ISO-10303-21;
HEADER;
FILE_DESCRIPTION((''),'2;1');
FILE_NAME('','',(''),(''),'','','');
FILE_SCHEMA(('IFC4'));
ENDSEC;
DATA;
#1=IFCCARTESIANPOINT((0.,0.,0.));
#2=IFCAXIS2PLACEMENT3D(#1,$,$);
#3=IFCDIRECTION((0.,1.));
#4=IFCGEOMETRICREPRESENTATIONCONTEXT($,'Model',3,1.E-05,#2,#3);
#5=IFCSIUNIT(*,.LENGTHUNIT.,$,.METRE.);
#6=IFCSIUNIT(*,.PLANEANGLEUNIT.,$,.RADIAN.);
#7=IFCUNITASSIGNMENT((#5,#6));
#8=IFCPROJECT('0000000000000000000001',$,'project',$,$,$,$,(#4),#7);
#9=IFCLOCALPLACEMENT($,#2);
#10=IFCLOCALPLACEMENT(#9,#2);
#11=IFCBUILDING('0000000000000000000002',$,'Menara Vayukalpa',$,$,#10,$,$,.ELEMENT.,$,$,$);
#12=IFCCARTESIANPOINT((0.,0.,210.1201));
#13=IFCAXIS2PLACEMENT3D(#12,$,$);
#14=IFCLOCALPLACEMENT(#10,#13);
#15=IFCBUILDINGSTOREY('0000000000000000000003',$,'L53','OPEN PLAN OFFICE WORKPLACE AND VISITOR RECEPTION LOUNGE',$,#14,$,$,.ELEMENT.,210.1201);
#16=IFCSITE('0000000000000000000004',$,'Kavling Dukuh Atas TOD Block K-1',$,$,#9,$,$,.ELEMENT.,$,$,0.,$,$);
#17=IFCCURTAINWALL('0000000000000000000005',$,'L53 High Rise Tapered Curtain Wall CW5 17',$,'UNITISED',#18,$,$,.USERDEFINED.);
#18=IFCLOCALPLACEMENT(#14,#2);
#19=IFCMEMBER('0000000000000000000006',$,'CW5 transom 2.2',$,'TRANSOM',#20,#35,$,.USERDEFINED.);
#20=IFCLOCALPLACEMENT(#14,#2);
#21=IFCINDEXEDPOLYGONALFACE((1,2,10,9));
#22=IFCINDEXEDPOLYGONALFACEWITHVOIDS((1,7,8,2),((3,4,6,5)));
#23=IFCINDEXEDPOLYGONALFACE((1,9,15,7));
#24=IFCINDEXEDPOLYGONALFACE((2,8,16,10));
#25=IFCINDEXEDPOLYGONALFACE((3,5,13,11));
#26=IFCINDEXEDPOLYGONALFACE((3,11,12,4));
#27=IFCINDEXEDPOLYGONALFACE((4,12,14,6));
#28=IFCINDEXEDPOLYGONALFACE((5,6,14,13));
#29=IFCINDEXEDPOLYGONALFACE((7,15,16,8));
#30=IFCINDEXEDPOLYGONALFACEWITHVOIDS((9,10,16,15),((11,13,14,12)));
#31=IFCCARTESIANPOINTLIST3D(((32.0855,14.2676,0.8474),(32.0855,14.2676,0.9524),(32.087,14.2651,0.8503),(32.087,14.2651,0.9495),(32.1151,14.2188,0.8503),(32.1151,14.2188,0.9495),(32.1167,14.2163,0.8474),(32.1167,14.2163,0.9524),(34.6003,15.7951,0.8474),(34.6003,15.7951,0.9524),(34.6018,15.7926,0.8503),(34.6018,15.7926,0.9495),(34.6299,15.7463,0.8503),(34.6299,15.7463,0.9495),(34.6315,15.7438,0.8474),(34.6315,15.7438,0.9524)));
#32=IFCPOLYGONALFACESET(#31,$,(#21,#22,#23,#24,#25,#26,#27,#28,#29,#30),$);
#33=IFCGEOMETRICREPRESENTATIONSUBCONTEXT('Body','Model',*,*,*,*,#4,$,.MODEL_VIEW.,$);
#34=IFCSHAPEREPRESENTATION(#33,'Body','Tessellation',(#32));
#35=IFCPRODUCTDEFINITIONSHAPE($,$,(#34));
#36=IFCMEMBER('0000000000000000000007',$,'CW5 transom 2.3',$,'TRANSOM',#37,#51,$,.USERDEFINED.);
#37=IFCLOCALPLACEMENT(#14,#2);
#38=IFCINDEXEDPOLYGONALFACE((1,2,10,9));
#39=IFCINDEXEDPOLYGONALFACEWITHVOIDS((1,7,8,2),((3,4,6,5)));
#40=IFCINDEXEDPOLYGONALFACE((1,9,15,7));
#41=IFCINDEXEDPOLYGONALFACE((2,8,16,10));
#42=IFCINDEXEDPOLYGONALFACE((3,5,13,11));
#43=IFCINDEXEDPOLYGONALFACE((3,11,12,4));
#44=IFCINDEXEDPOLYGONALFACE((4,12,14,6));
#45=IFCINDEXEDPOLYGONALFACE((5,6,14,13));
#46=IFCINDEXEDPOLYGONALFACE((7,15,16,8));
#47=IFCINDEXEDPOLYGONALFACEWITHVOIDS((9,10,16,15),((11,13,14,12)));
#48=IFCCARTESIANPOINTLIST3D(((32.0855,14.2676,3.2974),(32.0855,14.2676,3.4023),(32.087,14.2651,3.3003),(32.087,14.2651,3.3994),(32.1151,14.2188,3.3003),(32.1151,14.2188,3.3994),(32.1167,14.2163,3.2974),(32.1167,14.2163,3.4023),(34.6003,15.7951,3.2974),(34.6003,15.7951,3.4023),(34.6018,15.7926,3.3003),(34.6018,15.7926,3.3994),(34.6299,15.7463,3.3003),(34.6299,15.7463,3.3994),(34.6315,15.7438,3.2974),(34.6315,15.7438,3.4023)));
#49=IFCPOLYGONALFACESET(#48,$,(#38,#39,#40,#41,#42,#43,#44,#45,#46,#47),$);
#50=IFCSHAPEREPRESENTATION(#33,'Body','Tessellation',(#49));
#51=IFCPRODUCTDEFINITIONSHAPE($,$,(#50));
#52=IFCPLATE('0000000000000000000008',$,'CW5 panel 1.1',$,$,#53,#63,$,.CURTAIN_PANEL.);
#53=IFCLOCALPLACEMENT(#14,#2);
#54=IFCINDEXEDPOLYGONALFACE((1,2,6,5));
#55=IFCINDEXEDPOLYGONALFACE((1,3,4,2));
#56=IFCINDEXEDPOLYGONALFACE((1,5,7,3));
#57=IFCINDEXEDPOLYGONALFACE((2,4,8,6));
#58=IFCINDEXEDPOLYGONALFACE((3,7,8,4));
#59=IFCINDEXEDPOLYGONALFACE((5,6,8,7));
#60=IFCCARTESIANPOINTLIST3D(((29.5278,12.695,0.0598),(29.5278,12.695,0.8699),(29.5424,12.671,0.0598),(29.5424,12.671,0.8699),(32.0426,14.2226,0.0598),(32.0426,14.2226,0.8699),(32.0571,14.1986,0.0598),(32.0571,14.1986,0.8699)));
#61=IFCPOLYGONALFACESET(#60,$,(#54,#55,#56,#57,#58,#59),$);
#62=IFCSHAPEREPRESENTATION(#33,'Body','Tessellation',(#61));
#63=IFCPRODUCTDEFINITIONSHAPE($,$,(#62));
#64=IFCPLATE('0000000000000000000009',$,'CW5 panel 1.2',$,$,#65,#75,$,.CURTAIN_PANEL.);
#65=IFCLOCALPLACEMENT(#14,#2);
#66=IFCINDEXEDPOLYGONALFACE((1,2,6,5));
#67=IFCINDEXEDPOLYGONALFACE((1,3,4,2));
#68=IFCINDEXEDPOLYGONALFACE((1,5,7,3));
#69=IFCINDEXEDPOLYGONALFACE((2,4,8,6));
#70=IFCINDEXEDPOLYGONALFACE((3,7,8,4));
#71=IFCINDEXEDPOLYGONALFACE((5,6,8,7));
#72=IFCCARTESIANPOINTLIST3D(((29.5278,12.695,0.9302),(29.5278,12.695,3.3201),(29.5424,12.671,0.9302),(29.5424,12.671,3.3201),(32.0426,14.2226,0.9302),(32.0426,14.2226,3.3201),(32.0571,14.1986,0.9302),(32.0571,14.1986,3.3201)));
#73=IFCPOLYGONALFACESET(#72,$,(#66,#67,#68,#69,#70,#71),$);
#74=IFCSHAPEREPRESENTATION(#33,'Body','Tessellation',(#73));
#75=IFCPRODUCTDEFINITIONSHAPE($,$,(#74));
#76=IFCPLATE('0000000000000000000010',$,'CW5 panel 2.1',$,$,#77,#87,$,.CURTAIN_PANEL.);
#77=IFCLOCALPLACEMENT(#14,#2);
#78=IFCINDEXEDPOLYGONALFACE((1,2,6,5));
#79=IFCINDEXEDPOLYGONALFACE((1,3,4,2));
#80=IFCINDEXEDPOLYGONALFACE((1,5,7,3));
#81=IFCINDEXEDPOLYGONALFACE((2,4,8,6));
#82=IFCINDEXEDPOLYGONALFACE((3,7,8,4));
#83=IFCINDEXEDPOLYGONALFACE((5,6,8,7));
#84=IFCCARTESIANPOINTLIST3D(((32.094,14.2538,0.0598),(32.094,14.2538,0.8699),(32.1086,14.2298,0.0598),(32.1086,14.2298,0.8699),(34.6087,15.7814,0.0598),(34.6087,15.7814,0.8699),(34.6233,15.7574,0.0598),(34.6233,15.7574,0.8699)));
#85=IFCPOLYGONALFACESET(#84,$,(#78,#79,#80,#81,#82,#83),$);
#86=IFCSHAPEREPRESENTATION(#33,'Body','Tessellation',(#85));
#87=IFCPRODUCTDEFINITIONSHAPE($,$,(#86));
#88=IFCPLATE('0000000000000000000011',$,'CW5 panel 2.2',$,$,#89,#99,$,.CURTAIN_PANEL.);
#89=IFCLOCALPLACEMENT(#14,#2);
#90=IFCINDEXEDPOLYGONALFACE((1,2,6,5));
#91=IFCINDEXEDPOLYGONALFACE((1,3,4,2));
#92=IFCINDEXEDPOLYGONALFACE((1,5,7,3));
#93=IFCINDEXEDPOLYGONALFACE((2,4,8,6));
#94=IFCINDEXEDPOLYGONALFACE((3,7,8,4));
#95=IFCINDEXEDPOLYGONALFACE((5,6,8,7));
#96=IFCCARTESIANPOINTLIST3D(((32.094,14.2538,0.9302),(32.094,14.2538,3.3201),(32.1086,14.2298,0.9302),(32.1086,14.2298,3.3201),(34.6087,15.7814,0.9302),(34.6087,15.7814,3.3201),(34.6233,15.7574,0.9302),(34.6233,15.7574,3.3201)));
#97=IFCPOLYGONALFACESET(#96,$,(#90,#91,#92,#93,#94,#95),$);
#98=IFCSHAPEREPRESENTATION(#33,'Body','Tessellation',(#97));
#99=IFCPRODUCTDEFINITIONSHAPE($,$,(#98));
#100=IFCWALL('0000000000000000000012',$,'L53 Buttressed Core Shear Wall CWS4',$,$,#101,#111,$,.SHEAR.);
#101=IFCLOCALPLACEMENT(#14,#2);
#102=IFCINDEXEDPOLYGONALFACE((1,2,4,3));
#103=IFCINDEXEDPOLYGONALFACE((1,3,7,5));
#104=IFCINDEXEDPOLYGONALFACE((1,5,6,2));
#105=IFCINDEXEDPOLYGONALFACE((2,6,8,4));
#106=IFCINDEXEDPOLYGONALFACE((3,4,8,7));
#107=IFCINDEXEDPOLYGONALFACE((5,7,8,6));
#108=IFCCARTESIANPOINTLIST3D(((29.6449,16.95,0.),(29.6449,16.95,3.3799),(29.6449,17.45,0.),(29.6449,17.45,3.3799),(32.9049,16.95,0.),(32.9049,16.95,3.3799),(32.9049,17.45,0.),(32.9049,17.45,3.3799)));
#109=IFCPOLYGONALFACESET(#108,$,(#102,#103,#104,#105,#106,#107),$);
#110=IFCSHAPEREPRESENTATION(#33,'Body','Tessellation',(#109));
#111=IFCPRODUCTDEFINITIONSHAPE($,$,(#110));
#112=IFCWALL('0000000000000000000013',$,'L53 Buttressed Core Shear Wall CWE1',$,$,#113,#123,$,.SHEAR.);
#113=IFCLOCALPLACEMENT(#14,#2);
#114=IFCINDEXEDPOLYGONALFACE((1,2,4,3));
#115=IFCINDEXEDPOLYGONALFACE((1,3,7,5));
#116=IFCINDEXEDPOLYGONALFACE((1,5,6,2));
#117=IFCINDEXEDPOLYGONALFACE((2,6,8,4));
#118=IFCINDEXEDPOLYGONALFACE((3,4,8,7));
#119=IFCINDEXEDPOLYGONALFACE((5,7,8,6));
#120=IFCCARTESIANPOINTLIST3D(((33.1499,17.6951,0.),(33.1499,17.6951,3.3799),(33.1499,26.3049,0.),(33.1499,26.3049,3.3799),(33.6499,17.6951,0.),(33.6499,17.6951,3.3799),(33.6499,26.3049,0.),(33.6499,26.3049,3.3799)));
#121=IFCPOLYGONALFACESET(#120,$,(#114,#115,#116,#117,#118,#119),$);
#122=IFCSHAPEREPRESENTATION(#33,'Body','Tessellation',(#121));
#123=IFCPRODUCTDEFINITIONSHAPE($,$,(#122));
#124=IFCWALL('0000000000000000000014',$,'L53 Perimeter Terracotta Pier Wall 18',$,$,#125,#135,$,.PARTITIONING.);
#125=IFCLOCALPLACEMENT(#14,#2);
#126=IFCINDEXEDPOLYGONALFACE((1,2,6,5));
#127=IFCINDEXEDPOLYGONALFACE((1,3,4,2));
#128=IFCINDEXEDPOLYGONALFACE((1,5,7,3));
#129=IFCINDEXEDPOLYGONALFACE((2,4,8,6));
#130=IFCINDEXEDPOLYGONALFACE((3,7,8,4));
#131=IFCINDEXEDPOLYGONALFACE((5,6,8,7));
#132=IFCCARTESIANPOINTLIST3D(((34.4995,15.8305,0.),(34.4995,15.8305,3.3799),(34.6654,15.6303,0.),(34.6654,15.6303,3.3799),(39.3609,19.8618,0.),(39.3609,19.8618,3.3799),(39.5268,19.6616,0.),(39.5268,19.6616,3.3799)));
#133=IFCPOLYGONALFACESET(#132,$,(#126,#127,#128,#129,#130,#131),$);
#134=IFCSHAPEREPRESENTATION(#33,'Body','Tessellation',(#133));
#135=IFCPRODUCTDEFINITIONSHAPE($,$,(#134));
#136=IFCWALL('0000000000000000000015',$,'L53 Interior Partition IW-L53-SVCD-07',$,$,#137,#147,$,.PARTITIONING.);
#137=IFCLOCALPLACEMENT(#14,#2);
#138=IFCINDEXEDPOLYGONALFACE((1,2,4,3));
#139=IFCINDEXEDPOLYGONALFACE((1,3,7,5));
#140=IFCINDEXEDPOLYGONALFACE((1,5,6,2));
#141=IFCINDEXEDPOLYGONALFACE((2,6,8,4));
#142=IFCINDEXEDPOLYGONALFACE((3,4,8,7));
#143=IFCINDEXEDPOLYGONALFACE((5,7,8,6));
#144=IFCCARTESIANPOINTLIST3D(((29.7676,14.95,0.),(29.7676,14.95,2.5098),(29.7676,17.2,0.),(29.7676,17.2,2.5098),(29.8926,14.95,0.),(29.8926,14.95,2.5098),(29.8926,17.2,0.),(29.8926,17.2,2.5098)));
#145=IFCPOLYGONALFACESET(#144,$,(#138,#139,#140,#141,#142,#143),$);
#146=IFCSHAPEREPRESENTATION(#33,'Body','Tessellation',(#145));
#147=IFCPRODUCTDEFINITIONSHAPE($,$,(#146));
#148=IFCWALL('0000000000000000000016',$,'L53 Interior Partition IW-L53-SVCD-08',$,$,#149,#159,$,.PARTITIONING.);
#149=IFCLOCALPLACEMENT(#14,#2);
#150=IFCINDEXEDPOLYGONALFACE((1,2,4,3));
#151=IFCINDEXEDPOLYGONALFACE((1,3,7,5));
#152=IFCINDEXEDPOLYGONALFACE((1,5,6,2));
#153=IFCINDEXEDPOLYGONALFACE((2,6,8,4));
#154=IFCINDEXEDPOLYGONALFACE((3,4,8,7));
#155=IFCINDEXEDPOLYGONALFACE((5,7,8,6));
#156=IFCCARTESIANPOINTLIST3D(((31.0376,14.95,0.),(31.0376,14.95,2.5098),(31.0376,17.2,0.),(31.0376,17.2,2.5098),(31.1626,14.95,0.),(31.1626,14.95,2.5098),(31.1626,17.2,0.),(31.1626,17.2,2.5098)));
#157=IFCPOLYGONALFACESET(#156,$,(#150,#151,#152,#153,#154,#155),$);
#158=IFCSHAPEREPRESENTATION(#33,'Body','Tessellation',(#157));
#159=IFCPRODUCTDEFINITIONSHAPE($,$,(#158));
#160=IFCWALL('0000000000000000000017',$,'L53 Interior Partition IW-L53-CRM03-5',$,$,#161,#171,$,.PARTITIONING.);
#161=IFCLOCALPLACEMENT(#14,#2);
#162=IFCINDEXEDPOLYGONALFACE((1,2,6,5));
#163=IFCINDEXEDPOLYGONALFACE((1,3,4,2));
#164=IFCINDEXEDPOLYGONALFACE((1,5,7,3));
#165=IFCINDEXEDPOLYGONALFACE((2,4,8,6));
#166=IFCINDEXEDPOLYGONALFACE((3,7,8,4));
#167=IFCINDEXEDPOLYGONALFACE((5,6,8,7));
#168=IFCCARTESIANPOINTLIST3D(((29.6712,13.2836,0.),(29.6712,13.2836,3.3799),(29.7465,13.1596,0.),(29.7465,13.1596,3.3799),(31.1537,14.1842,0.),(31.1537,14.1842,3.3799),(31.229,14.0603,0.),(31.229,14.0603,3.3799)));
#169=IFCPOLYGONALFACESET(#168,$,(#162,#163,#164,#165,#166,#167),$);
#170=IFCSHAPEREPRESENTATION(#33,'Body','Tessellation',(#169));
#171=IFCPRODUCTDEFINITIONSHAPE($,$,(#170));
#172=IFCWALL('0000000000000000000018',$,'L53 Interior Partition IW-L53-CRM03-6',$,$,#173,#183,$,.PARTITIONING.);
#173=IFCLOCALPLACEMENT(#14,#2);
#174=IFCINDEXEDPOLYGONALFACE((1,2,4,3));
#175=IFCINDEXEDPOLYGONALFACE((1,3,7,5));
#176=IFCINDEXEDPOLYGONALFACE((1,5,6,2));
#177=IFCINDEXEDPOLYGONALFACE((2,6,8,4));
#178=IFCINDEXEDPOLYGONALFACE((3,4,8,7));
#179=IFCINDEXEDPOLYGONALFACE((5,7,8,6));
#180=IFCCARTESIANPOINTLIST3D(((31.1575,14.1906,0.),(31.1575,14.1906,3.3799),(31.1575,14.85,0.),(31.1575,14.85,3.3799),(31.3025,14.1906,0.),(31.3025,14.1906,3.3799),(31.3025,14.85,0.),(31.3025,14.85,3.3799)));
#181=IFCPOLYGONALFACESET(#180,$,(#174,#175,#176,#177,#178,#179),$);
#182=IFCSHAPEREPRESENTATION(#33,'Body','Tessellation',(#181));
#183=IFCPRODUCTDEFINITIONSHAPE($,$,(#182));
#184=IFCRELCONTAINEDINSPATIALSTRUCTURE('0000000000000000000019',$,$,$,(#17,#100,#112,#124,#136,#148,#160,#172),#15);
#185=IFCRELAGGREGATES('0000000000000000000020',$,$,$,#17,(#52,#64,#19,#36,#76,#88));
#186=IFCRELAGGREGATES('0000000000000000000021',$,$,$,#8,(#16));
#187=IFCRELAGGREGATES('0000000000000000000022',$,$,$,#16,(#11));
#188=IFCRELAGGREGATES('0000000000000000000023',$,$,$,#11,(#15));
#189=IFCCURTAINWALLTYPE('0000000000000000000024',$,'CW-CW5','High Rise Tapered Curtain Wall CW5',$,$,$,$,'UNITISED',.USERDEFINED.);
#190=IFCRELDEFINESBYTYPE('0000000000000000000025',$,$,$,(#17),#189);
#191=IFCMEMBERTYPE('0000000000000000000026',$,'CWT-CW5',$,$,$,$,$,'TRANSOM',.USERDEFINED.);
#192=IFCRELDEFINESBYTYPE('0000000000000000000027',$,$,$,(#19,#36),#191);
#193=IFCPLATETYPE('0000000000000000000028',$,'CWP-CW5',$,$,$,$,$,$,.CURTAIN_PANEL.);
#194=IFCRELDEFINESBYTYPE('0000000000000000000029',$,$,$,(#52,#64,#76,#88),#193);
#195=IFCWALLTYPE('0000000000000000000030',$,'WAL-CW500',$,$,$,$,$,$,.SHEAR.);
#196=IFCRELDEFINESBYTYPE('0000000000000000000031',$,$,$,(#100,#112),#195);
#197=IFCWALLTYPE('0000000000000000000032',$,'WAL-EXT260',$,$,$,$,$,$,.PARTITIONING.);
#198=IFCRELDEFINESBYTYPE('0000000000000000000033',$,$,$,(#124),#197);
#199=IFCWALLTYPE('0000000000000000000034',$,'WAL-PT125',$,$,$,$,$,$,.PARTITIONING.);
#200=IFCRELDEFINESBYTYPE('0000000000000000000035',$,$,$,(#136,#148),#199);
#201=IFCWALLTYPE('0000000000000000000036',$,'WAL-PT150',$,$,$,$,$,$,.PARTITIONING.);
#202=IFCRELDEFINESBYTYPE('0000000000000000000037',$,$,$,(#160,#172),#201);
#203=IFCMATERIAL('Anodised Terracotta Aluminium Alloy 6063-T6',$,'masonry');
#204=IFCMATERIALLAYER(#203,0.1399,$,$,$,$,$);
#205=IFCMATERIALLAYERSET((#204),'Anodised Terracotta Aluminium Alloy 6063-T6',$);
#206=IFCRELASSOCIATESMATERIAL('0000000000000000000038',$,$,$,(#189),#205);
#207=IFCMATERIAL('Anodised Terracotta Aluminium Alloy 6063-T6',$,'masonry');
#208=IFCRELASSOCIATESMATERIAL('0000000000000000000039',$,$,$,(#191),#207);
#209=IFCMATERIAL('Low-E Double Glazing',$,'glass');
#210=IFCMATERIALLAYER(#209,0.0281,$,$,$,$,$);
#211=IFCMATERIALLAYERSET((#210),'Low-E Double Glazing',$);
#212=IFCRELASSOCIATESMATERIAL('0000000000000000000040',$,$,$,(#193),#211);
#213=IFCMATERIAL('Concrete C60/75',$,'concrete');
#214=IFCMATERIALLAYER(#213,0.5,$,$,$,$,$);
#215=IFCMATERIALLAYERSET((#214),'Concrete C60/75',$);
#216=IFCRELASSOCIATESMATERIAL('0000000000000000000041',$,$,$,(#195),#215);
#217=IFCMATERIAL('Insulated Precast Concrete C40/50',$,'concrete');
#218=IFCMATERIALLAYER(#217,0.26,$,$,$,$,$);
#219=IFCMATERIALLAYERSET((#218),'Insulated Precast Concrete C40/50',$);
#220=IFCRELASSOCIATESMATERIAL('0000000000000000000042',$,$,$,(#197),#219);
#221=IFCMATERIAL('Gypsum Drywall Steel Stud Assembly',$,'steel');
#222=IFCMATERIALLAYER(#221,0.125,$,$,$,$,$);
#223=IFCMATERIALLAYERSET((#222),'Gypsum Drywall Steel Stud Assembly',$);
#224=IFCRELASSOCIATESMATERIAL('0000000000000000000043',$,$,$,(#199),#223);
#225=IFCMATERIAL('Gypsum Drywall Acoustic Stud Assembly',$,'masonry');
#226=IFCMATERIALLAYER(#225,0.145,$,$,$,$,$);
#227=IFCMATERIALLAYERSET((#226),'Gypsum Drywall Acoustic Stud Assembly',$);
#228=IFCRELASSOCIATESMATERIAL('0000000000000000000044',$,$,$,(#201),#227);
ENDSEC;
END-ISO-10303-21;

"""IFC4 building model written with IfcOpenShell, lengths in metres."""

from ifc_helpers import new_model, si_unit, direction, frame, frame_2d, origin, origin_2d, place, context, subcontext, project, spatial, rectangle, hollow_rectangle, extrude, material, layer, layer_set, material_profile, profile_set, type_object, element, aggregate, save


model = new_model("IFC4")

# Units and contexts
model_context = context("Model", 3, precision=1e-05, world=origin(), true_north=direction((0.0, 1.0)))
body_context = subcontext(model_context, "Body", "Model", "MODEL_VIEW")
ifc_project = project(units=[si_unit("LENGTHUNIT", "METRE"), si_unit("PLANEANGLEUNIT", "RADIAN")], contexts=[model_context])

# Site, building, storey
site_placement = place(None, origin())
site = spatial("IfcSite", under=ifc_project, at=site_placement, Name="Kavling Dukuh Atas TOD Block K-1", CompositionType="ELEMENT", RefElevation=0.0)
building_placement = place(site_placement, origin())
building = spatial("IfcBuilding", under=site, at=building_placement, Name="Menara Vayukalpa", CompositionType="ELEMENT")
storey_placement = place(building_placement, frame((0.0, 0.0, 210.1201)))
storey = spatial("IfcBuildingStorey", under=building, at=storey_placement, Name="L53", Description="OPEN PLAN OFFICE WORKPLACE AND VISITOR RECEPTION LOUNGE", CompositionType="ELEMENT", Elevation=210.1201)

# Curtain wall, members, plates
ifc_material_1 = material(Name="Anodised Terracotta Aluminium Alloy 6063-T6", Category="masonry")
ifc_layer_1 = layer(ifc_material_1, 0.1399)
ifc_layer_set_1 = layer_set([ifc_layer_1], Name="Anodised Terracotta Aluminium Alloy 6063-T6")
curtain_wall_type = type_object("IfcCurtainWallType", Name="CW-CW5", Description="High Rise Tapered Curtain Wall CW5", ElementType="UNITISED", PredefinedType="USERDEFINED", material=ifc_layer_set_1)
curtain_wall_placement = place(storey_placement, origin())
curtain_wall = element("IfcCurtainWall", 1, at=curtain_wall_placement, inside=storey, type_object=curtain_wall_type, Name="L53 High Rise Tapered Curtain Wall CW5 17", ObjectType="UNITISED", PredefinedType="USERDEFINED")
ifc_material_2 = material(Name="Anodised Terracotta Aluminium Alloy 6063-T6", Category="masonry")
ifc_material_profile_1 = material_profile(ifc_material_2, hollow_rectangle(XDim=0.0601, YDim=0.105, WallThickness=0.0029, at=origin_2d()), Name="ALU 60x105x3")
ifc_profile_set_1 = profile_set([ifc_material_profile_1], Name="Anodised Terracotta Aluminium Alloy 6063-T6")
member_type_1 = type_object("IfcMemberType", Name="CWT-CW5", ElementType="TRANSOM", PredefinedType="USERDEFINED", material=ifc_profile_set_1)
member_1_placement = place(storey_placement, frame((32.1011, 14.2419, 0.8999), z_axis=(0.854684, 0.519149, 0.0), x_axis=(-0.519149, 0.854684, 0.0)))
member_1 = element("IfcMember", 2, at=member_1_placement, type_object=member_type_1, Name="CW5 transom 2.2", ObjectType="TRANSOM", PredefinedType="USERDEFINED", context=body_context, shape_type="SweptSolid", body=[
    extrude(hollow_rectangle(XDim=0.0601, YDim=0.105, WallThickness=0.0029, at=origin_2d()), origin(), (0.0, 0.0, 1.0), 2.9424),
])
member_2_placement = place(storey_placement, frame((32.1011, 14.2419, 3.3499), z_axis=(0.854684, 0.519149, 0.0), x_axis=(-0.519149, 0.854684, 0.0)))
member_2 = element("IfcMember", 3, at=member_2_placement, type_object=member_type_1, Name="CW5 transom 2.3", ObjectType="TRANSOM", PredefinedType="USERDEFINED", context=body_context, shape_type="SweptSolid", body=[
    extrude(hollow_rectangle(XDim=0.0601, YDim=0.105, WallThickness=0.0029, at=origin_2d()), origin(), (0.0, 0.0, 1.0), 2.9424),
])
ifc_material_3 = material(Name="Low-E Double Glazing", Category="glass")
ifc_layer_2 = layer(ifc_material_3, 0.0281)
ifc_layer_set_2 = layer_set([ifc_layer_2], Name="Low-E Double Glazing")
plate_type = type_object("IfcPlateType", Name="CWP-CW5", PredefinedType="CURTAIN_PANEL", material=ifc_layer_set_2)
plate_1_placement = place(storey_placement, frame((30.7925, 13.4468, 0.0598), z_axis=(0.0, 0.0, 1.0), x_axis=(0.854665, 0.51918, 0.0)))
plate_1 = element("IfcPlate", 4, at=plate_1_placement, type_object=plate_type, Name="CW5 panel 1.1", PredefinedType="CURTAIN_PANEL", context=body_context, shape_type="SweptSolid", body=[
    extrude(rectangle(XDim=2.9424, YDim=0.0281, at=origin_2d()), origin(), (0.0, 0.0, 1.0), 0.8101),
])
plate_2_placement = place(storey_placement, frame((30.7925, 13.4468, 0.9302), z_axis=(0.0, 0.0, 1.0), x_axis=(0.854665, 0.51918, 0.0)))
plate_2 = element("IfcPlate", 5, at=plate_2_placement, type_object=plate_type, Name="CW5 panel 1.2", PredefinedType="CURTAIN_PANEL", context=body_context, shape_type="SweptSolid", body=[
    extrude(rectangle(XDim=2.9424, YDim=0.0281, at=origin_2d()), origin(), (0.0, 0.0, 1.0), 2.3899),
])
plate_3_placement = place(storey_placement, frame((33.3586, 15.0056, 0.0598), z_axis=(0.0, 0.0, 1.0), x_axis=(0.854665, 0.51918, 0.0)))
plate_3 = element("IfcPlate", 6, at=plate_3_placement, type_object=plate_type, Name="CW5 panel 2.1", PredefinedType="CURTAIN_PANEL", context=body_context, shape_type="SweptSolid", body=[
    extrude(rectangle(XDim=2.9424, YDim=0.0281, at=origin_2d()), origin(), (0.0, 0.0, 1.0), 0.8101),
])
plate_4_placement = place(storey_placement, frame((33.3586, 15.0056, 0.9302), z_axis=(0.0, 0.0, 1.0), x_axis=(0.854665, 0.51918, 0.0)))
plate_4 = element("IfcPlate", 7, at=plate_4_placement, type_object=plate_type, Name="CW5 panel 2.2", PredefinedType="CURTAIN_PANEL", context=body_context, shape_type="SweptSolid", body=[
    extrude(rectangle(XDim=2.9424, YDim=0.0281, at=origin_2d()), origin(), (0.0, 0.0, 1.0), 2.3899),
])
aggregate(curtain_wall, [plate_1, plate_2, member_1, member_2, plate_3, plate_4])

# Walls
ifc_material_4 = material(Name="Concrete C60/75", Category="concrete")
ifc_layer_3 = layer(ifc_material_4, 0.5)
ifc_layer_set_3 = layer_set([ifc_layer_3], Name="Concrete C60/75")
wall_type_1 = type_object("IfcWallType", Name="WAL-CW500", PredefinedType="SHEAR", material=ifc_layer_set_3)
wall_1_placement = place(storey_placement, frame((29.645, 17.2, 0.0), z_axis=(0.0, 0.0, 1.0), x_axis=(1.0, 0.0, 0.0)))
element("IfcWall", 8, at=wall_1_placement, inside=storey, type_object=wall_type_1, Name="L53 Buttressed Core Shear Wall CWS4", PredefinedType="SHEAR", context=body_context, shape_type="SweptSolid", body=[
    extrude(rectangle(XDim=3.26, YDim=0.5, at=frame_2d((1.6299, 0.0))), origin(), (0.0, 0.0, 1.0), 3.3799),
])
wall_2_placement = place(storey_placement, frame((33.3999, 17.6951, 0.0), z_axis=(0.0, 0.0, 1.0), x_axis=(0.0, 1.0, 0.0)))
element("IfcWall", 9, at=wall_2_placement, inside=storey, type_object=wall_type_1, Name="L53 Buttressed Core Shear Wall CWE1", PredefinedType="SHEAR", context=body_context, shape_type="SweptSolid", body=[
    extrude(rectangle(XDim=8.6099, YDim=0.5, at=frame_2d((4.3049, 0.0))), origin(), (0.0, 0.0, 1.0), 3.3799),
])
ifc_material_5 = material(Name="Insulated Precast Concrete C40/50", Category="concrete")
ifc_layer_4 = layer(ifc_material_5, 0.26)
ifc_layer_set_4 = layer_set([ifc_layer_4], Name="Insulated Precast Concrete C40/50")
wall_type_2 = type_object("IfcWallType", Name="WAL-EXT260", PredefinedType="PARTITIONING", material=ifc_layer_set_4)
wall_3_placement = place(storey_placement, frame((39.4438, 19.7617, 0.0), z_axis=(0.0, 0.0, 1.0), x_axis=(-0.769765, -0.638327, 0.0)))
element("IfcWall", 10, at=wall_3_placement, inside=storey, type_object=wall_type_2, Name="L53 Perimeter Terracotta Pier Wall 18", PredefinedType="PARTITIONING", context=body_context, shape_type="SweptSolid", body=[
    extrude(rectangle(XDim=6.3154, YDim=0.26, at=frame_2d((3.1577, 0.0))), origin(), (0.0, 0.0, 1.0), 3.3799),
])
ifc_material_6 = material(Name="Gypsum Drywall Steel Stud Assembly", Category="steel")
ifc_layer_5 = layer(ifc_material_6, 0.125)
ifc_layer_set_5 = layer_set([ifc_layer_5], Name="Gypsum Drywall Steel Stud Assembly")
wall_type_3 = type_object("IfcWallType", Name="WAL-PT125", PredefinedType="PARTITIONING", material=ifc_layer_set_5)
for number, where, z_axis, x_axis, name in (
    (11, (29.8301, 14.95, 0.0), (0.0, 0.0, 1.0), (0.0, 1.0, 0.0), "L53 Interior Partition IW-L53-SVCD-07"),
    (12, (31.1001, 14.95, 0.0), (0.0, 0.0, 1.0), (0.0, 1.0, 0.0), "L53 Interior Partition IW-L53-SVCD-08"),
):
    element("IfcWall", number, at=place(storey_placement, frame(where, z_axis=z_axis, x_axis=x_axis)), inside=storey, type_object=wall_type_3, Name=name, PredefinedType="PARTITIONING", context=body_context, shape_type="SweptSolid", body=[
        extrude(rectangle(XDim=2.25, YDim=0.125, at=frame_2d((1.125, 0.0))), origin(), (0.0, 0.0, 1.0), 2.5098),
    ])
ifc_material_7 = material(Name="Gypsum Drywall Acoustic Stud Assembly", Category="masonry")
ifc_layer_6 = layer(ifc_material_7, 0.145)
ifc_layer_set_6 = layer_set([ifc_layer_6], Name="Gypsum Drywall Acoustic Stud Assembly")
wall_type_4 = type_object("IfcWallType", Name="WAL-PT150", PredefinedType="PARTITIONING", material=ifc_layer_set_6)
wall_4_placement = place(storey_placement, frame((29.709, 13.2217, 0.0), z_axis=(0.0, 0.0, 1.0), x_axis=(0.854636, 0.519228, 0.0)))
element("IfcWall", 13, at=wall_4_placement, inside=storey, type_object=wall_type_4, Name="L53 Interior Partition IW-L53-CRM03-5", PredefinedType="PARTITIONING", context=body_context, shape_type="SweptSolid", body=[
    extrude(rectangle(XDim=1.7346, YDim=0.145, at=frame_2d((0.8672, 0.0))), origin(), (0.0, 0.0, 1.0), 3.3799),
])
wall_5_placement = place(storey_placement, frame((31.23, 14.1907, 0.0), z_axis=(0.0, 0.0, 1.0), x_axis=(0.0, 1.0, 0.0)))
element("IfcWall", 14, at=wall_5_placement, inside=storey, type_object=wall_type_4, Name="L53 Interior Partition IW-L53-CRM03-6", PredefinedType="PARTITIONING", context=body_context, shape_type="SweptSolid", body=[
    extrude(rectangle(XDim=0.6594, YDim=0.145, at=frame_2d((0.3296, 0.0))), origin(), (0.0, 0.0, 1.0), 3.3799),
])

save(model, "model.ifc")
